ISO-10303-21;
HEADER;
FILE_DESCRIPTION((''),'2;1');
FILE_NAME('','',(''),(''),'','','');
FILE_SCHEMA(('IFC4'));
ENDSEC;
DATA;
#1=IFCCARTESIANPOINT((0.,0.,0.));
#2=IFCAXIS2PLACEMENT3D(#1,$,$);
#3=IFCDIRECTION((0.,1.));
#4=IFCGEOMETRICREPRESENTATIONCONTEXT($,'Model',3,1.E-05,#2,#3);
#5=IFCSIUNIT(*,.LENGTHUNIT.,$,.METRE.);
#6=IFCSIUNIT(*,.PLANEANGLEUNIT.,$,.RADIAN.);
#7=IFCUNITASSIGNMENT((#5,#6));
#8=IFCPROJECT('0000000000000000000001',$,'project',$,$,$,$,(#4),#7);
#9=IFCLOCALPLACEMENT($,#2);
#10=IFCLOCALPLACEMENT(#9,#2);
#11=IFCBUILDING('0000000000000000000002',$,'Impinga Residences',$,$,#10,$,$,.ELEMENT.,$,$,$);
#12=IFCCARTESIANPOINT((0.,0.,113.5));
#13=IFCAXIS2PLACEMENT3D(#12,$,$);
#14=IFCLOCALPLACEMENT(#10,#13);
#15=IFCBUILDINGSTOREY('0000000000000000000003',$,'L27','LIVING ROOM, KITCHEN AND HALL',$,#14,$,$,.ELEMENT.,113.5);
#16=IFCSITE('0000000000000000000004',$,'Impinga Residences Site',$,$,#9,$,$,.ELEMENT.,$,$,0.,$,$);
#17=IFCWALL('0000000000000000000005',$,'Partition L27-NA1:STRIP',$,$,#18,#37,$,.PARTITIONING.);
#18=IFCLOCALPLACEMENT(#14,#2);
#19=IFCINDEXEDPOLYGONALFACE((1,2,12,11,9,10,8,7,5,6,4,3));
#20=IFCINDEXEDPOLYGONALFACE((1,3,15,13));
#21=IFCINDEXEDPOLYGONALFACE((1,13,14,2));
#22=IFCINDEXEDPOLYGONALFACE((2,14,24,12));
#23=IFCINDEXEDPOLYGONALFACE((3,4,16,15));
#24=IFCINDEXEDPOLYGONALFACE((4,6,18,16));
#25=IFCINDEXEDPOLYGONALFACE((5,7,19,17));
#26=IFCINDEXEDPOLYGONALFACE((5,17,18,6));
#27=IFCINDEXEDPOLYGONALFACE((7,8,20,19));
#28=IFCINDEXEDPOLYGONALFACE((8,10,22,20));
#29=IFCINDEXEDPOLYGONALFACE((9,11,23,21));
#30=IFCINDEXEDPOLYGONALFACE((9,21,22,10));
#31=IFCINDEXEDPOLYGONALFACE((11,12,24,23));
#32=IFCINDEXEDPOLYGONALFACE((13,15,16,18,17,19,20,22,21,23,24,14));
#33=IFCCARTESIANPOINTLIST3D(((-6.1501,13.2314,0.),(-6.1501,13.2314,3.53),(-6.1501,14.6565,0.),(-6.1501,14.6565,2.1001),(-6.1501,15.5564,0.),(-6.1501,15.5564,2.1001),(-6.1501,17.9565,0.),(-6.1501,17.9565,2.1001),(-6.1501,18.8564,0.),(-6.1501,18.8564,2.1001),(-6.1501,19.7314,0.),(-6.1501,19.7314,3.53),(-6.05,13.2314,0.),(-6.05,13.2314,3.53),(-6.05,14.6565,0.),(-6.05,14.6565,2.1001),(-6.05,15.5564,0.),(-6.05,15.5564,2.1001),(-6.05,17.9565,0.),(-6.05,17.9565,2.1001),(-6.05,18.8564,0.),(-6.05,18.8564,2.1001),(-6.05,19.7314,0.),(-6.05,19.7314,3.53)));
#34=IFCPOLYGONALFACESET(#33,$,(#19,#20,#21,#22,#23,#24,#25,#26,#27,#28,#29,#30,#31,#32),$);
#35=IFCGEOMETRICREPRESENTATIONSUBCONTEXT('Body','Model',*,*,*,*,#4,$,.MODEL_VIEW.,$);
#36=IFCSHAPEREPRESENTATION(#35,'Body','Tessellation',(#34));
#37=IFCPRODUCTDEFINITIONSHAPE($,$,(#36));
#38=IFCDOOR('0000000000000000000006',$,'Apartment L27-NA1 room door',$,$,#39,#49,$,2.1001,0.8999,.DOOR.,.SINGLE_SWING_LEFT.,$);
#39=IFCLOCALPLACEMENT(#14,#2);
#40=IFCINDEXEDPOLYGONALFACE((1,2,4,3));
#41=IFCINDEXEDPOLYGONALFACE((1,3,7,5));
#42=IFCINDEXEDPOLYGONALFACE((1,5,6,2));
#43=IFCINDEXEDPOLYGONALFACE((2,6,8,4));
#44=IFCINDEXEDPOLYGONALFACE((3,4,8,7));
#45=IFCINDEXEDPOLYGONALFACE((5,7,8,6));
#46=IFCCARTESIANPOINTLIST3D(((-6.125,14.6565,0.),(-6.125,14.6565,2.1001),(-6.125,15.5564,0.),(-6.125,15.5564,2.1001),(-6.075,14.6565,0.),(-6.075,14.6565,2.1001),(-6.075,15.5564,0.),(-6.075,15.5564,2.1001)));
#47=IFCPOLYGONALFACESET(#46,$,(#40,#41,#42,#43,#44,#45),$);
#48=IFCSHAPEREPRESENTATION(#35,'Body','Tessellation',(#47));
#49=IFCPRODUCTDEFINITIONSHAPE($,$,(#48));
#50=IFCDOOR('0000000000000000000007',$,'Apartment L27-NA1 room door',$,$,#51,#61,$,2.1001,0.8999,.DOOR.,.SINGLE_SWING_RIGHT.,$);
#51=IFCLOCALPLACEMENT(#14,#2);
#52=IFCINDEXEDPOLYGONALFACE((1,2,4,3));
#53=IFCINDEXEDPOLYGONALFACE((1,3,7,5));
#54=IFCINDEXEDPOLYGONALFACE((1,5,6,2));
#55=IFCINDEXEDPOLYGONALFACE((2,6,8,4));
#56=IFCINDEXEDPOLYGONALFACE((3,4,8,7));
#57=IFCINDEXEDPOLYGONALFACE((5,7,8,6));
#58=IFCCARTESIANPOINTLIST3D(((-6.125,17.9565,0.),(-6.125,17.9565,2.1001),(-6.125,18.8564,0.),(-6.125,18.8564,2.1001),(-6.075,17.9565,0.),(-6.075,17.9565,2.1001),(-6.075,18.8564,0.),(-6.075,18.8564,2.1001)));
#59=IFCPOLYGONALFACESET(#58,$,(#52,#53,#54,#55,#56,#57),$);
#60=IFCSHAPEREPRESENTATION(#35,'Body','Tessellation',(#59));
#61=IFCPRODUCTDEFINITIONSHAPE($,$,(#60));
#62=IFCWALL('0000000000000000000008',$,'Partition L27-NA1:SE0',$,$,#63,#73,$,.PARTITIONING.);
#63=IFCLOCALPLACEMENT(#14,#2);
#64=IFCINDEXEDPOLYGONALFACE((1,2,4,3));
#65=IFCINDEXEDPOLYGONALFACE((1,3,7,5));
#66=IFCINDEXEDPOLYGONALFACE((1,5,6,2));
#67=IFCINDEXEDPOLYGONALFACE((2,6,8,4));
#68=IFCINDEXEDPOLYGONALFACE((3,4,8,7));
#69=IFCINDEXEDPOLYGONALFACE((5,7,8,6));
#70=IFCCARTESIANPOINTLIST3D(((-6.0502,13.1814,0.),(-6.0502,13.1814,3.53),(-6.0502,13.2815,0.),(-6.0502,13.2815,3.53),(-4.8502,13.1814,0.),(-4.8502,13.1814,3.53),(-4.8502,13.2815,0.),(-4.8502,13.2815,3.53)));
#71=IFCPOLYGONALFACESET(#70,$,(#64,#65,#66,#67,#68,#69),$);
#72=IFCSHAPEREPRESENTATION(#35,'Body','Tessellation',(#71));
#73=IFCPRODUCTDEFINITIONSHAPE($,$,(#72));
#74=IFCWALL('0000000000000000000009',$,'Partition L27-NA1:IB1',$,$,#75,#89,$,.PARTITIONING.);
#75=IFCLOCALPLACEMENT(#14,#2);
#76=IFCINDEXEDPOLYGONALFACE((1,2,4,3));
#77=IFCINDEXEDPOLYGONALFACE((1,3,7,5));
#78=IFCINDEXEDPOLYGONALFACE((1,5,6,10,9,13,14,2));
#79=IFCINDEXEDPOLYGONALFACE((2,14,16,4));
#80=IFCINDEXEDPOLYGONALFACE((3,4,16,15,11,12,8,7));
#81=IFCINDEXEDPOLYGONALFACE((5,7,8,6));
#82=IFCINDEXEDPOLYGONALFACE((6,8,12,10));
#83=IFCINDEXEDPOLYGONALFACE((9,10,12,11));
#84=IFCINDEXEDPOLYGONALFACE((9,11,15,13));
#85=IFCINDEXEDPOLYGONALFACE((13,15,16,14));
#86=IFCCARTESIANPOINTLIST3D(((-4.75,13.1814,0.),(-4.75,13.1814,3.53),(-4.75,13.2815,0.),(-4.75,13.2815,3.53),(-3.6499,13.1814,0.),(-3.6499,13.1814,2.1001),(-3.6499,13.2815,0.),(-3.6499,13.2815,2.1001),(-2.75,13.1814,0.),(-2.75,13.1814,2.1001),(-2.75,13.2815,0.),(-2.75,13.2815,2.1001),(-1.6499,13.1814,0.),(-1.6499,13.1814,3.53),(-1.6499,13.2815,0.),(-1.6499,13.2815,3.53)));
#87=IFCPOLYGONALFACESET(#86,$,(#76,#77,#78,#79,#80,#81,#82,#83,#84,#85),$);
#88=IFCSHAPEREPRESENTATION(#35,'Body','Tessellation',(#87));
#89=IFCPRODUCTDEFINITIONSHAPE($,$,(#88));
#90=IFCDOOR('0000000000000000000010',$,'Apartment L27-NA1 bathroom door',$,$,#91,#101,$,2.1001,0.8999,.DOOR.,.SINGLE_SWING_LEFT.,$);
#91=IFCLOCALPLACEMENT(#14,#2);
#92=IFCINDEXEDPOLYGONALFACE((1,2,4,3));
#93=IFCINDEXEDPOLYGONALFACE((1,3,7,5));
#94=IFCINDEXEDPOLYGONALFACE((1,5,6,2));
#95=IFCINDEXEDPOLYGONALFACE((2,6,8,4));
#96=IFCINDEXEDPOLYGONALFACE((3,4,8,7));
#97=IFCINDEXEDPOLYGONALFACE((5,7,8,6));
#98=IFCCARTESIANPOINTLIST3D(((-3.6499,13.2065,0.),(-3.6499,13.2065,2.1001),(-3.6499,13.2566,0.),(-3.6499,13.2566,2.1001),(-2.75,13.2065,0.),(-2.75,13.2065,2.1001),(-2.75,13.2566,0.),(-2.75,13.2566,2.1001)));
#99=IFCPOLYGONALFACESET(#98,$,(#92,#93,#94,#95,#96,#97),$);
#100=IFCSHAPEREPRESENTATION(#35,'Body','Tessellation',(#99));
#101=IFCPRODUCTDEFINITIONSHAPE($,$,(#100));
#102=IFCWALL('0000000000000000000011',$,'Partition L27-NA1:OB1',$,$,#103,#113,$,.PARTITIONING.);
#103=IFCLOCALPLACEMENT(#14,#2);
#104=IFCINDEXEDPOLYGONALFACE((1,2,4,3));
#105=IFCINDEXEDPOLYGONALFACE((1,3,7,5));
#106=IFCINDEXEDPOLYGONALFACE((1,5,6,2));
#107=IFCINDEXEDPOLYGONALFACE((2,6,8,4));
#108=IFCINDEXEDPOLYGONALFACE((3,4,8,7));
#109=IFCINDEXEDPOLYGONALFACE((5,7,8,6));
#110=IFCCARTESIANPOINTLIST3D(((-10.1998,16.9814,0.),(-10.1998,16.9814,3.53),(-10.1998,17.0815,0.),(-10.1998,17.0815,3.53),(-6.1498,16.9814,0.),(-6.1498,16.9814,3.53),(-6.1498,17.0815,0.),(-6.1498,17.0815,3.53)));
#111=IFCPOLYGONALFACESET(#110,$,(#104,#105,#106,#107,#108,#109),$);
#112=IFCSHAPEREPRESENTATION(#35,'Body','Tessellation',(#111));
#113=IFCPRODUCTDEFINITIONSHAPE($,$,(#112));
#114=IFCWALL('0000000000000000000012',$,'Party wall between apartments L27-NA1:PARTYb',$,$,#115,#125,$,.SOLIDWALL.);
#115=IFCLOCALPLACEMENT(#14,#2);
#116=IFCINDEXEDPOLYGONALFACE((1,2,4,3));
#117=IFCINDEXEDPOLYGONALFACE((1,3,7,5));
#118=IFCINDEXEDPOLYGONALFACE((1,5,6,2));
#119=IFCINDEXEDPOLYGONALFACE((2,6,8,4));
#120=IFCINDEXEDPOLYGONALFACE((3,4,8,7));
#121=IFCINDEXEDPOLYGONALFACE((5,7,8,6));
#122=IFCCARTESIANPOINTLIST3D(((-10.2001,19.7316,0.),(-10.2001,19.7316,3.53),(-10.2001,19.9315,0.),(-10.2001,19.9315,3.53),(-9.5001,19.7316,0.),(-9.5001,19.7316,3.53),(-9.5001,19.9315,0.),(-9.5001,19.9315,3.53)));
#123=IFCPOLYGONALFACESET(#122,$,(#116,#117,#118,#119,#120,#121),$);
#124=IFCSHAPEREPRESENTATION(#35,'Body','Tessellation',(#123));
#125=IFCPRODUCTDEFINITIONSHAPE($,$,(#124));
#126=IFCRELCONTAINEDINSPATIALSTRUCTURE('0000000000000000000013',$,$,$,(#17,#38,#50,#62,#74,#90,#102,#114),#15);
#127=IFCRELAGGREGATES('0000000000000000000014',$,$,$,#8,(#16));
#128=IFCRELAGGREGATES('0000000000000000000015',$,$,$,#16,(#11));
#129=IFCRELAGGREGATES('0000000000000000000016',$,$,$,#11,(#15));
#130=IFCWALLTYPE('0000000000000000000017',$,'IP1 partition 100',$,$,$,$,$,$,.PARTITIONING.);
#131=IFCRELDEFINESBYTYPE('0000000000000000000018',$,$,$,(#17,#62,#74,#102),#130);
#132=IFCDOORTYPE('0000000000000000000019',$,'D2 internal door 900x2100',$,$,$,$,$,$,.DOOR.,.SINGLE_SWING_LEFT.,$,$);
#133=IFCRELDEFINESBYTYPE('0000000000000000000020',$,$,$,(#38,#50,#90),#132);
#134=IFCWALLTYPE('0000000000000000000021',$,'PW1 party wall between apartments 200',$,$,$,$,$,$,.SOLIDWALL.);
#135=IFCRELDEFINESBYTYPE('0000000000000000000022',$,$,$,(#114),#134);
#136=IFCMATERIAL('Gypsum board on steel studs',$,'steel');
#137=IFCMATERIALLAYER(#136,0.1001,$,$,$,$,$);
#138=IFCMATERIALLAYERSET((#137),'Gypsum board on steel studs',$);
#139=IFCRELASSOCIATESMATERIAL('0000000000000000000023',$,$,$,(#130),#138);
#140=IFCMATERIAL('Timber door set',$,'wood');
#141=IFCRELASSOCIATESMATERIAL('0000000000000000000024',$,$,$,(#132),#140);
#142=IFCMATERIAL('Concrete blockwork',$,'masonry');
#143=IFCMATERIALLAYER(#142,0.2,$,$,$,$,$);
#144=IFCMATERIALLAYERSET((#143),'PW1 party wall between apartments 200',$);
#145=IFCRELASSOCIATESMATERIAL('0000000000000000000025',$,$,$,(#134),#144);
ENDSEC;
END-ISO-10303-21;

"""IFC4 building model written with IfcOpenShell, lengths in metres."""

from ifc_helpers import new_model, si_unit, direction, frame, frame_2d, origin, place, context, subcontext, project, spatial, rectangle, extrude, material, layer, layer_set, type_object, element, fill, save


model = new_model("IFC4")

# Units and contexts
model_context = context("Model", 3, precision=1e-05, world=origin(), true_north=direction((0.0, 1.0)))
body_context = subcontext(model_context, "Body", "Model", "MODEL_VIEW")
ifc_project = project(units=[si_unit("LENGTHUNIT", "METRE"), si_unit("PLANEANGLEUNIT", "RADIAN")], contexts=[model_context])

# Site, building, storey
site_placement = place(None, origin())
site = spatial("IfcSite", under=ifc_project, at=site_placement, Name="Impinga Residences Site", CompositionType="ELEMENT", RefElevation=0.0)
building_placement = place(site_placement, origin())
building = spatial("IfcBuilding", under=site, at=building_placement, Name="Impinga Residences", CompositionType="ELEMENT")
storey_placement = place(building_placement, frame((0.0, 0.0, 113.5)))
storey = spatial("IfcBuildingStorey", under=building, at=storey_placement, Name="L27", Description="LIVING ROOM, KITCHEN AND HALL", CompositionType="ELEMENT", Elevation=113.5)

# Shared definitions
ifc_material_1 = material(Name="Timber door set", Category="wood")

# Shared definitions
ifc_material_2 = material(Name="Gypsum board on steel studs", Category="steel")
ifc_layer_1 = layer(ifc_material_2, 0.1001)
ifc_layer_set_1 = layer_set([ifc_layer_1], Name="Gypsum board on steel studs")
wall_type_1 = type_object("IfcWallType", Name="IP1 partition 100", PredefinedType="PARTITIONING", material=ifc_layer_set_1)

# Wall, openings, doors
wall_1_placement = place(storey_placement, frame((-6.1001, 13.2314, 0.0), z_axis=(0.0, 0.0, 1.0), x_axis=(0.0, 1.0, 0.0)))
wall_1 = element("IfcWall", 1, at=wall_1_placement, inside=storey, type_object=wall_type_1, Name="Partition L27-NA1:STRIP", PredefinedType="PARTITIONING", context=body_context, shape_type="SweptSolid", body=[
    extrude(rectangle(XDim=6.5, YDim=0.1001, at=frame_2d((3.25, 0.0))), origin(), (0.0, 0.0, 1.0), 3.53),
])
opening_1_placement = place(wall_1_placement, frame((1.425, 0.0, 0.0)))
opening_1 = element("IfcOpeningElement", 2, at=opening_1_placement, cuts=wall_1, PredefinedType="OPENING", context=body_context, shape_type="SweptSolid", body=[
    extrude(rectangle(XDim=0.8999, YDim=2.1001, at=frame_2d((0.45, 1.05))), frame((0.0, 0.0601, 0.0), z_axis=(0.0, -1.0, 0.0), x_axis=(1.0, 0.0, 0.0)), (0.0, 0.0, 1.0), 0.1201),
])
opening_2_placement = place(wall_1_placement, frame((4.7251, 0.0, 0.0)))
opening_2 = element("IfcOpeningElement", 3, at=opening_2_placement, cuts=wall_1, PredefinedType="OPENING", context=body_context, shape_type="SweptSolid", body=[
    extrude(rectangle(XDim=0.8999, YDim=2.1001, at=frame_2d((0.45, 1.05))), frame((0.0, 0.0601, 0.0), z_axis=(0.0, -1.0, 0.0), x_axis=(1.0, 0.0, 0.0)), (0.0, 0.0, 1.0), 0.1201),
])
door_type_1 = type_object("IfcDoorType", Name="D2 internal door 900x2100", OperationType="SINGLE_SWING_LEFT", PredefinedType="DOOR", material=ifc_material_1)
door_1_placement = place(opening_1_placement, origin())
door_1 = element("IfcDoor", 4, at=door_1_placement, inside=storey, type_object=door_type_1, Name="Apartment L27-NA1 room door", OperationType="SINGLE_SWING_LEFT", OverallHeight=2.1001, OverallWidth=0.8999, PredefinedType="DOOR", context=body_context, shape_type="SweptSolid", body=[
    extrude(rectangle(XDim=0.8999, YDim=2.1001, at=frame_2d((0.45, 1.05))), frame((0.0, 0.0249, 0.0), z_axis=(0.0, -1.0, 0.0), x_axis=(1.0, 0.0, 0.0)), (0.0, 0.0, 1.0), 0.05),
])
fill(opening_1, door_1)
door_2_placement = place(opening_2_placement, origin())
door_2 = element("IfcDoor", 5, at=door_2_placement, inside=storey, type_object=door_type_1, Name="Apartment L27-NA1 room door", OperationType="SINGLE_SWING_RIGHT", OverallHeight=2.1001, OverallWidth=0.8999, PredefinedType="DOOR", context=body_context, shape_type="SweptSolid", body=[
    extrude(rectangle(XDim=0.8999, YDim=2.1001, at=frame_2d((0.45, 1.05))), frame((0.0, 0.0249, 0.0), z_axis=(0.0, -1.0, 0.0), x_axis=(1.0, 0.0, 0.0)), (0.0, 0.0, 1.0), 0.05),
])
fill(opening_2, door_2)

# Wall
wall_2_placement = place(storey_placement, frame((-4.8501, 13.2314, 0.0), z_axis=(0.0, 0.0, 1.0), x_axis=(-1.0, 0.0, 0.0)))
element("IfcWall", 6, at=wall_2_placement, inside=storey, type_object=wall_type_1, Name="Partition L27-NA1:SE0", PredefinedType="PARTITIONING", context=body_context, shape_type="SweptSolid", body=[
    extrude(rectangle(XDim=1.2, YDim=0.1001, at=frame_2d((0.6001, 0.0))), origin(), (0.0, 0.0, 1.0), 3.53),
])

# Wall, opening, door
wall_3_placement = place(storey_placement, frame((-1.6499, 13.2314, 0.0), z_axis=(0.0, 0.0, 1.0), x_axis=(-1.0, 0.0, 0.0)))
wall_3 = element("IfcWall", 7, at=wall_3_placement, inside=storey, type_object=wall_type_1, Name="Partition L27-NA1:IB1", PredefinedType="PARTITIONING", context=body_context, shape_type="SweptSolid", body=[
    extrude(rectangle(XDim=3.1001, YDim=0.1001, at=frame_2d((1.55, 0.0))), origin(), (0.0, 0.0, 1.0), 3.53),
])
opening_3_placement = place(wall_3_placement, frame((1.1001, 0.0, 0.0)))
opening_3 = element("IfcOpeningElement", 8, at=opening_3_placement, cuts=wall_3, PredefinedType="OPENING", context=body_context, shape_type="SweptSolid", body=[
    extrude(rectangle(XDim=0.8999, YDim=2.1001, at=frame_2d((0.45, 1.05))), frame((0.0, 0.0601, 0.0), z_axis=(0.0, -1.0, 0.0), x_axis=(1.0, 0.0, 0.0)), (0.0, 0.0, 1.0), 0.1201),
])
door_3_placement = place(opening_3_placement, origin())
door_3 = element("IfcDoor", 9, at=door_3_placement, inside=storey, type_object=door_type_1, Name="Apartment L27-NA1 bathroom door", OperationType="SINGLE_SWING_LEFT", OverallHeight=2.1001, OverallWidth=0.8999, PredefinedType="DOOR", context=body_context, shape_type="SweptSolid", body=[
    extrude(rectangle(XDim=0.8999, YDim=2.1001, at=frame_2d((0.45, 1.05))), frame((0.0, 0.0249, 0.0), z_axis=(0.0, -1.0, 0.0), x_axis=(1.0, 0.0, 0.0)), (0.0, 0.0, 1.0), 0.05),
])
fill(opening_3, door_3)

# Walls
wall_4_placement = place(storey_placement, frame((-6.1499, 17.0315, 0.0), z_axis=(0.0, 0.0, 1.0), x_axis=(-1.0, 0.0, 0.0)))
element("IfcWall", 10, at=wall_4_placement, inside=storey, type_object=wall_type_1, Name="Partition L27-NA1:OB1", PredefinedType="PARTITIONING", context=body_context, shape_type="SweptSolid", body=[
    extrude(rectangle(XDim=4.05, YDim=0.1001, at=frame_2d((2.0249, 0.0))), origin(), (0.0, 0.0, 1.0), 3.53),
])
ifc_material_3 = material(Name="Concrete blockwork", Category="masonry")
ifc_layer_2 = layer(ifc_material_3, 0.2)
ifc_layer_set_2 = layer_set([ifc_layer_2], Name="PW1 party wall between apartments 200")
wall_type_2 = type_object("IfcWallType", Name="PW1 party wall between apartments 200", PredefinedType="SOLIDWALL", material=ifc_layer_set_2)
wall_5_placement = place(storey_placement, frame((-9.5, 19.8315, 0.0), z_axis=(0.0, 0.0, 1.0), x_axis=(-1.0, 0.0, 0.0)))
element("IfcWall", 11, at=wall_5_placement, inside=storey, type_object=wall_type_2, Name="Party wall between apartments L27-NA1:PARTYb", PredefinedType="SOLIDWALL", context=body_context, shape_type="SweptSolid", body=[
    extrude(rectangle(XDim=0.7, YDim=0.2, at=frame_2d((0.3501, 0.0))), origin(), (0.0, 0.0, 1.0), 3.53),
])

save(model, "model.ifc")
